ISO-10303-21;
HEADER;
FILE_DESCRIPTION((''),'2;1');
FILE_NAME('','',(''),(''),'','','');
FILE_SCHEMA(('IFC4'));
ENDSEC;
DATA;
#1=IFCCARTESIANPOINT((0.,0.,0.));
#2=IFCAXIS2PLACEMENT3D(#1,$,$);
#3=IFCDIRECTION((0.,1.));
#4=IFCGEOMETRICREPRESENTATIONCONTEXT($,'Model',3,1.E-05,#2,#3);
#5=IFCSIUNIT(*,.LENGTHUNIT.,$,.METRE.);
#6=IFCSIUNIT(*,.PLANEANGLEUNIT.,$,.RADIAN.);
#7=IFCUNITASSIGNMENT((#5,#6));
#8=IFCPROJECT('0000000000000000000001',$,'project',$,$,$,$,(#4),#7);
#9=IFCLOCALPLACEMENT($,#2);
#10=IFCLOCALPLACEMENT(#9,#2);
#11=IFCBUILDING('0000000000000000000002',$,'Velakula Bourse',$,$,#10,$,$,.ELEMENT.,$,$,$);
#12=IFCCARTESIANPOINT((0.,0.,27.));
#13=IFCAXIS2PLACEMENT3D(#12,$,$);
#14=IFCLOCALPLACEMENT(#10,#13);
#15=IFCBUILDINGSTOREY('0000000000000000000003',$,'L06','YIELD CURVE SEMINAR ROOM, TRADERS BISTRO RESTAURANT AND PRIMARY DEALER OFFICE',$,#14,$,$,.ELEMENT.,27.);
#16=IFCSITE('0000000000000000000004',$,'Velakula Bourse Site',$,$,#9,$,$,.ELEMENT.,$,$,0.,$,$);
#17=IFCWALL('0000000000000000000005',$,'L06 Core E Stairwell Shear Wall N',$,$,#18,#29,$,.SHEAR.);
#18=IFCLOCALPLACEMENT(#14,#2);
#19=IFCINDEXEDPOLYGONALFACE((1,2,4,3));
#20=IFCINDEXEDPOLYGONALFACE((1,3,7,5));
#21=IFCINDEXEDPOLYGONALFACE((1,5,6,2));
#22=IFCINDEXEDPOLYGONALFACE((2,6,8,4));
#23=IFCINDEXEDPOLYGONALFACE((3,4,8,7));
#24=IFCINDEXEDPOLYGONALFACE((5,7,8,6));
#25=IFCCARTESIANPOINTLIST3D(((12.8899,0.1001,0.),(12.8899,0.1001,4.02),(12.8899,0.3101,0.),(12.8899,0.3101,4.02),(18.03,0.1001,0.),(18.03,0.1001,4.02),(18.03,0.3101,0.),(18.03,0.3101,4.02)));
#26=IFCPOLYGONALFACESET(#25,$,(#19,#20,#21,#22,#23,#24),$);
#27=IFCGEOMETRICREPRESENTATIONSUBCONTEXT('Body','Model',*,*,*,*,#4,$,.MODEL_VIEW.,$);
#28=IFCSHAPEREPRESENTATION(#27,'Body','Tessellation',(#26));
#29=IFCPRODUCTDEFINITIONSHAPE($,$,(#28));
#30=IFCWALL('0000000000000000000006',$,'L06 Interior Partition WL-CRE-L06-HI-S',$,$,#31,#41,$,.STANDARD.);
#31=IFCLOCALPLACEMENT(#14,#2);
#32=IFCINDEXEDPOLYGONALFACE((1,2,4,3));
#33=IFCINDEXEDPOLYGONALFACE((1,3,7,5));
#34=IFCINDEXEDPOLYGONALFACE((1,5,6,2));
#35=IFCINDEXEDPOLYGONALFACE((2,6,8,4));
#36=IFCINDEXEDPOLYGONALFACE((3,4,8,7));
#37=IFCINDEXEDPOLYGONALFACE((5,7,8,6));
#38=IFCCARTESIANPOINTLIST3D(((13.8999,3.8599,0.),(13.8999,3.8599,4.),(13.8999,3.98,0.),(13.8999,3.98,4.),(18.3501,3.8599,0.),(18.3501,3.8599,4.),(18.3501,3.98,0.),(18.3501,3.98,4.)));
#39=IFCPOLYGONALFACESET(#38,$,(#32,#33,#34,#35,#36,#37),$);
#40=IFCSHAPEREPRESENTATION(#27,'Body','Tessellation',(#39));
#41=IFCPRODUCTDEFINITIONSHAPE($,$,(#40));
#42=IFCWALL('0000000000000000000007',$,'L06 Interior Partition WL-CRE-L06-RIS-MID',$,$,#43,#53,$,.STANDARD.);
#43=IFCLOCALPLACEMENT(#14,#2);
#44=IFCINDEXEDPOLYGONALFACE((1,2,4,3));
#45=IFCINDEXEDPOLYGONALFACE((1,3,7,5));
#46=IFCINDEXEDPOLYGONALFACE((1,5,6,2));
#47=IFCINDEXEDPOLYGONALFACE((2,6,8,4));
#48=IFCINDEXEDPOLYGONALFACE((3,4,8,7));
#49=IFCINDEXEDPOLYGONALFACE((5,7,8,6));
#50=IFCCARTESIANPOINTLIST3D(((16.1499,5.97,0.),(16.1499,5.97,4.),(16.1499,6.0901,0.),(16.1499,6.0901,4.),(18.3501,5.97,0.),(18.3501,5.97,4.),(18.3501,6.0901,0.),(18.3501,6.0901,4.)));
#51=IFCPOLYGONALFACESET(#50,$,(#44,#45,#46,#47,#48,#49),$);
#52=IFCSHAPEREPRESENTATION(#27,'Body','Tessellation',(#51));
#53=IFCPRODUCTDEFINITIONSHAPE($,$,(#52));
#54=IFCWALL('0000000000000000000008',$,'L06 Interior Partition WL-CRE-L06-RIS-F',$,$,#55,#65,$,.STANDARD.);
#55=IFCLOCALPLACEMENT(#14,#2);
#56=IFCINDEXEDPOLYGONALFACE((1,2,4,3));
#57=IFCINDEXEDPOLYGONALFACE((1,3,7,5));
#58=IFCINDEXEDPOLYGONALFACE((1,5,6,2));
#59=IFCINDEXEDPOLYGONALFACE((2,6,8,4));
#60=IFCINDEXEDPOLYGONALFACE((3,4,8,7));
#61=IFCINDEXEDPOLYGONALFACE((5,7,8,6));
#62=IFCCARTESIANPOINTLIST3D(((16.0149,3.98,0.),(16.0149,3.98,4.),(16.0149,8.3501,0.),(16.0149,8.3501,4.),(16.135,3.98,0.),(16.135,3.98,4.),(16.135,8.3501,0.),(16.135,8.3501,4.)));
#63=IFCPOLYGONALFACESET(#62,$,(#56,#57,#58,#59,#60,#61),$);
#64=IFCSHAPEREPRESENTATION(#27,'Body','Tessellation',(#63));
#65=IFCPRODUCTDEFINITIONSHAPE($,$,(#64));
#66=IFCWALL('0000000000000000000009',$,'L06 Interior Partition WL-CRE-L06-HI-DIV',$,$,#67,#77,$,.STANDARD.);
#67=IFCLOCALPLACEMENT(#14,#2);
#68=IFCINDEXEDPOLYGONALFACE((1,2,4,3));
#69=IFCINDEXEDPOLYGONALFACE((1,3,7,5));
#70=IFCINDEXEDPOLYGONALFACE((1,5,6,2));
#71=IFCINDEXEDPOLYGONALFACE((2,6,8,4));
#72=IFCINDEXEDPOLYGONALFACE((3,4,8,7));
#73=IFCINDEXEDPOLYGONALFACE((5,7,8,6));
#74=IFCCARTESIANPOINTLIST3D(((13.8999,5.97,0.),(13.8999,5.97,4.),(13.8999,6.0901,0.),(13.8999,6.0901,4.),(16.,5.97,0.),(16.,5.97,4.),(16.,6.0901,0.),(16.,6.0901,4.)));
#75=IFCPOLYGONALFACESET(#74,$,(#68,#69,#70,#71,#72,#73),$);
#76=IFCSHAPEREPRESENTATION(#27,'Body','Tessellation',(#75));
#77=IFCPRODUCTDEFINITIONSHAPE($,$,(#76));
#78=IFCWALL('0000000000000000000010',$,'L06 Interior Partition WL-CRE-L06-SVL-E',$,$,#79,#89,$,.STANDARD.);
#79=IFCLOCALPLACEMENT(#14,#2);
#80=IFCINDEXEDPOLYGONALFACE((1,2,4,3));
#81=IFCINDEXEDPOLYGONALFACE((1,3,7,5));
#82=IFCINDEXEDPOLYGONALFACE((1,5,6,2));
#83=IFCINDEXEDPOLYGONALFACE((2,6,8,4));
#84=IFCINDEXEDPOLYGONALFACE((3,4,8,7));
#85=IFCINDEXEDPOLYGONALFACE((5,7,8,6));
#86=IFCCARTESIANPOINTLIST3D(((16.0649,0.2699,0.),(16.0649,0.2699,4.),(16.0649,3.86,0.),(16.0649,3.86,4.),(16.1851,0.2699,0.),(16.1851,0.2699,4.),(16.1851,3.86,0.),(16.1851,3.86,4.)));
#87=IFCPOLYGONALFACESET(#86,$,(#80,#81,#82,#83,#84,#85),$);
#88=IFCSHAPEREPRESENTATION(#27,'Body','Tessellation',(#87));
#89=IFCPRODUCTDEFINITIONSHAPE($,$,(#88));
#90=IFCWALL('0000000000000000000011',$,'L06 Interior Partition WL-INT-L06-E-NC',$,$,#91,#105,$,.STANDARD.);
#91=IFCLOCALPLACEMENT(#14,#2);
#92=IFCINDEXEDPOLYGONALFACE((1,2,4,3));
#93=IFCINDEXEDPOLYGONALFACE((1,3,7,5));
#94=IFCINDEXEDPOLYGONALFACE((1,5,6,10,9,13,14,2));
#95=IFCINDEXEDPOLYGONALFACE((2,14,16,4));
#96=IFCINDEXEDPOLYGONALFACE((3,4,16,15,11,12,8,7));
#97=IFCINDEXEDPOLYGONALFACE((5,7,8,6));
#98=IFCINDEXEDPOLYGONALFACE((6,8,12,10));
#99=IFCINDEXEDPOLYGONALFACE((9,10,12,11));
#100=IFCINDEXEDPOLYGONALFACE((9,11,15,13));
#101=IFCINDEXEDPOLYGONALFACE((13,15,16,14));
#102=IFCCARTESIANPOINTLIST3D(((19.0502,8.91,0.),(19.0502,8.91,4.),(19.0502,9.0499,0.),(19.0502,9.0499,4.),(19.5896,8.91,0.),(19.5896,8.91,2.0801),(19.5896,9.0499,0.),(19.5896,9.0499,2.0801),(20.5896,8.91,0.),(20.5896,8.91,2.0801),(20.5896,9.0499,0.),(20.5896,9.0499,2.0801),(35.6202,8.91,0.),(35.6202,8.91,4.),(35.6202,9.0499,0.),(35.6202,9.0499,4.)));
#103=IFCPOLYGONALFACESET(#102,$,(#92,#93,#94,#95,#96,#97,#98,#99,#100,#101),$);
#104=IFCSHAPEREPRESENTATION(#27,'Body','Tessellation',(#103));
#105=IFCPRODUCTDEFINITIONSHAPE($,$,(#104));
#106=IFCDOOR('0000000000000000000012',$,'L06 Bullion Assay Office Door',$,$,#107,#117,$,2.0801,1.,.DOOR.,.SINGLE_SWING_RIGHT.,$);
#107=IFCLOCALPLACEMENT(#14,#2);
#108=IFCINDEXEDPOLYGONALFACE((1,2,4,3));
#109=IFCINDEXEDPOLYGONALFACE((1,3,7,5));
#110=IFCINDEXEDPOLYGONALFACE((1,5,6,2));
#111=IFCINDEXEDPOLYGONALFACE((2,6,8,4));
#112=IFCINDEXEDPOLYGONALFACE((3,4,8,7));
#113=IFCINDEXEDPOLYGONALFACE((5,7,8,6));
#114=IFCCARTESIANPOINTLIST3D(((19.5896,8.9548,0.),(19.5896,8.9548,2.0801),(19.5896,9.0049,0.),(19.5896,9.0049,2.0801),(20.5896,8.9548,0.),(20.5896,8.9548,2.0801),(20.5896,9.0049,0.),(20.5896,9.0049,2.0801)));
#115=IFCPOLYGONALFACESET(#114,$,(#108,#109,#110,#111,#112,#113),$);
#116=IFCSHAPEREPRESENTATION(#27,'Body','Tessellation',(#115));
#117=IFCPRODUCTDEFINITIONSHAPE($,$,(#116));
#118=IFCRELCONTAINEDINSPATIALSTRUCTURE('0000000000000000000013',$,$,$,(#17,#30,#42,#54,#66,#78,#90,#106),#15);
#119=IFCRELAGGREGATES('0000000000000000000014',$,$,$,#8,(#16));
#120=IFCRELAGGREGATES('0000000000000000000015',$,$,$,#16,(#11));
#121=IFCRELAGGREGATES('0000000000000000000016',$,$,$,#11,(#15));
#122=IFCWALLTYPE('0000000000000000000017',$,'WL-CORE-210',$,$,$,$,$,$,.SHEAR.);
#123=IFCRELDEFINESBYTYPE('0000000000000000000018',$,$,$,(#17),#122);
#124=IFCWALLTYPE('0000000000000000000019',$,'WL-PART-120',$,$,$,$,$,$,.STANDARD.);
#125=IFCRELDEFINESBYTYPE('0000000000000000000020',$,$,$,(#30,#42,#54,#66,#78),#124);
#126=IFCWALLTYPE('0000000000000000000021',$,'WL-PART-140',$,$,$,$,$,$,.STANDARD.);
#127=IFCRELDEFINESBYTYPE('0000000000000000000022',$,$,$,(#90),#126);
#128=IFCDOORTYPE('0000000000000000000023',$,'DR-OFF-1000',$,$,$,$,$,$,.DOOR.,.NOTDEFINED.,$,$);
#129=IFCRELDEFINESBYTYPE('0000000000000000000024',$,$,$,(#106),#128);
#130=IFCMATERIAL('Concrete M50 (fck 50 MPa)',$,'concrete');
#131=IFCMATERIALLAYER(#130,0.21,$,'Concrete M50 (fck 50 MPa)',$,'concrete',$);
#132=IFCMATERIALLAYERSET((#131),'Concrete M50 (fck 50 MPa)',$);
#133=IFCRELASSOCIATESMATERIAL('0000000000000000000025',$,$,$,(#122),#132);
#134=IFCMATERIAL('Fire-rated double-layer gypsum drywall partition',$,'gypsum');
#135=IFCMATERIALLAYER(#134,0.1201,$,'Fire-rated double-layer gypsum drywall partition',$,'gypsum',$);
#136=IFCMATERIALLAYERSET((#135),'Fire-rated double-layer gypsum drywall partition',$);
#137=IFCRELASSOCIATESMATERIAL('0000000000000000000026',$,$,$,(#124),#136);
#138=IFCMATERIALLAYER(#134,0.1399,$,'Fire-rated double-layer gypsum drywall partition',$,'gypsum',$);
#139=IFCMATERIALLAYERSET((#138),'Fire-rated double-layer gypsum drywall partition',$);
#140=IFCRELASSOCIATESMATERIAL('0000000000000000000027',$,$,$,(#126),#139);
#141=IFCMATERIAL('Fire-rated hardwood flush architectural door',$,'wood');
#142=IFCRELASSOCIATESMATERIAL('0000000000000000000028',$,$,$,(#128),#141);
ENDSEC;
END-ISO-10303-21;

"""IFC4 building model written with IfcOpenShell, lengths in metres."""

from ifc_helpers import new_model, si_unit, direction, frame, frame_2d, origin, place, context, subcontext, project, spatial, rectangle, extrude, material, layer, layer_set, type_object, element, fill, save


model = new_model("IFC4")

# Units and contexts
model_context = context("Model", 3, precision=1e-05, world=origin(), true_north=direction((0.0, 1.0)))
body_context = subcontext(model_context, "Body", "Model", "MODEL_VIEW")
ifc_project = project(units=[si_unit("LENGTHUNIT", "METRE"), si_unit("PLANEANGLEUNIT", "RADIAN")], contexts=[model_context])

# Site, building, storey
site_placement = place(None, origin())
site = spatial("IfcSite", under=ifc_project, at=site_placement, Name="Velakula Bourse Site", CompositionType="ELEMENT", RefElevation=0.0)
building_placement = place(site_placement, origin())
building = spatial("IfcBuilding", under=site, at=building_placement, Name="Velakula Bourse", CompositionType="ELEMENT")
storey_placement = place(building_placement, frame((0.0, 0.0, 27.0)))
storey = spatial("IfcBuildingStorey", under=building, at=storey_placement, Name="L06", Description="YIELD CURVE SEMINAR ROOM, TRADERS BISTRO RESTAURANT AND PRIMARY DEALER OFFICE", CompositionType="ELEMENT", Elevation=27.0)

# Walls
ifc_material_1 = material(Name="Concrete M50 (fck 50 MPa)", Category="concrete")
ifc_layer_1 = layer(ifc_material_1, 0.21, Name="Concrete M50 (fck 50 MPa)", Category="concrete")
ifc_layer_set_1 = layer_set([ifc_layer_1], Name="Concrete M50 (fck 50 MPa)")
wall_type_1 = type_object("IfcWallType", Name="WL-CORE-210", PredefinedType="SHEAR", material=ifc_layer_set_1)
wall_1_placement = place(storey_placement, frame((18.03, 0.2051, 0.0), z_axis=(0.0, 0.0, 1.0), x_axis=(-1.0, 0.0, 0.0)))
element("IfcWall", 1, at=wall_1_placement, inside=storey, type_object=wall_type_1, Name="L06 Core E Stairwell Shear Wall N", PredefinedType="SHEAR", context=body_context, shape_type="SweptSolid", body=[
    extrude(rectangle(XDim=5.1401, YDim=0.21, at=frame_2d((2.5701, 0.0))), origin(), (0.0, 0.0, 1.0), 4.02),
])
ifc_material_2 = material(Name="Fire-rated double-layer gypsum drywall partition", Category="gypsum")
ifc_layer_2 = layer(ifc_material_2, 0.1201, Name="Fire-rated double-layer gypsum drywall partition", Category="gypsum")
ifc_layer_set_2 = layer_set([ifc_layer_2], Name="Fire-rated double-layer gypsum drywall partition")
wall_type_2 = type_object("IfcWallType", Name="WL-PART-120", PredefinedType="STANDARD", material=ifc_layer_set_2)
wall_2_placement = place(storey_placement, frame((13.8999, 3.9199, 0.0), z_axis=(0.0, 0.0, 1.0), x_axis=(1.0, 0.0, 0.0)))
element("IfcWall", 2, at=wall_2_placement, inside=storey, type_object=wall_type_2, Name="L06 Interior Partition WL-CRE-L06-HI-S", PredefinedType="STANDARD", context=body_context, shape_type="SweptSolid", body=[
    extrude(rectangle(XDim=4.4502, YDim=0.1201, at=frame_2d((2.2251, 0.0))), origin(), (0.0, 0.0, 1.0), 4.0),
])
wall_3_placement = place(storey_placement, frame((16.1499, 6.03, 0.0), z_axis=(0.0, 0.0, 1.0), x_axis=(1.0, 0.0, 0.0)))
element("IfcWall", 3, at=wall_3_placement, inside=storey, type_object=wall_type_2, Name="L06 Interior Partition WL-CRE-L06-RIS-MID", PredefinedType="STANDARD", context=body_context, shape_type="SweptSolid", body=[
    extrude(rectangle(XDim=2.2002, YDim=0.1201, at=frame_2d((1.1001, 0.0))), origin(), (0.0, 0.0, 1.0), 4.0),
])
wall_4_placement = place(storey_placement, frame((16.075, 3.98, 0.0), z_axis=(0.0, 0.0, 1.0), x_axis=(0.0, 1.0, 0.0)))
element("IfcWall", 4, at=wall_4_placement, inside=storey, type_object=wall_type_2, Name="L06 Interior Partition WL-CRE-L06-RIS-F", PredefinedType="STANDARD", context=body_context, shape_type="SweptSolid", body=[
    extrude(rectangle(XDim=4.3701, YDim=0.1201, at=frame_2d((2.1851, 0.0))), origin(), (0.0, 0.0, 1.0), 4.0),
])
wall_5_placement = place(storey_placement, frame((13.8999, 6.03, 0.0), z_axis=(0.0, 0.0, 1.0), x_axis=(1.0, 0.0, 0.0)))
element("IfcWall", 5, at=wall_5_placement, inside=storey, type_object=wall_type_2, Name="L06 Interior Partition WL-CRE-L06-HI-DIV", PredefinedType="STANDARD", context=body_context, shape_type="SweptSolid", body=[
    extrude(rectangle(XDim=2.1001, YDim=0.1201, at=frame_2d((1.05, 0.0))), origin(), (0.0, 0.0, 1.0), 4.0),
])
wall_6_placement = place(storey_placement, frame((16.125, 0.27, 0.0), z_axis=(0.0, 0.0, 1.0), x_axis=(0.0, 1.0, 0.0)))
element("IfcWall", 6, at=wall_6_placement, inside=storey, type_object=wall_type_2, Name="L06 Interior Partition WL-CRE-L06-SVL-E", PredefinedType="STANDARD", context=body_context, shape_type="SweptSolid", body=[
    extrude(rectangle(XDim=3.5901, YDim=0.1201, at=frame_2d((1.7949, 0.0))), origin(), (0.0, 0.0, 1.0), 4.0),
])

# Wall, opening, door
ifc_layer_3 = layer(ifc_material_2, 0.1399, Name="Fire-rated double-layer gypsum drywall partition", Category="gypsum")
ifc_layer_set_3 = layer_set([ifc_layer_3], Name="Fire-rated double-layer gypsum drywall partition")
wall_type_3 = type_object("IfcWallType", Name="WL-PART-140", PredefinedType="STANDARD", material=ifc_layer_set_3)
wall_7_placement = place(storey_placement, frame((19.05, 8.98, 0.0), z_axis=(0.0, 0.0, 1.0), x_axis=(1.0, 0.0, 0.0)))
wall_7 = element("IfcWall", 7, at=wall_7_placement, inside=storey, type_object=wall_type_3, Name="L06 Interior Partition WL-INT-L06-E-NC", PredefinedType="STANDARD", context=body_context, shape_type="SweptSolid", body=[
    extrude(rectangle(XDim=16.5701, YDim=0.1399, at=frame_2d((8.2852, 0.0))), origin(), (0.0, 0.0, 1.0), 4.0),
])
opening_placement = place(wall_7_placement, frame((0.5396, 0.0, 0.0)))
opening = element("IfcOpeningElement", 8, at=opening_placement, cuts=wall_7, PredefinedType="OPENING", context=body_context, shape_type="SweptSolid", body=[
    extrude(rectangle(XDim=1.0, YDim=2.0801, at=frame_2d((0.5, 1.04))), frame((0.0, 0.0798, 0.0), z_axis=(0.0, -1.0, 0.0), x_axis=(1.0, 0.0, 0.0)), (0.0, 0.0, 1.0), 0.1599),
])
ifc_material_3 = material(Name="Fire-rated hardwood flush architectural door", Category="wood")
door_type = type_object("IfcDoorType", Name="DR-OFF-1000", OperationType="NOTDEFINED", PredefinedType="DOOR", material=ifc_material_3)
door_placement = place(opening_placement, origin())
door = element("IfcDoor", 9, at=door_placement, inside=storey, type_object=door_type, Name="L06 Bullion Assay Office Door", OperationType="SINGLE_SWING_RIGHT", OverallHeight=2.0801, OverallWidth=1.0, PredefinedType="DOOR", context=body_context, shape_type="SweptSolid", body=[
    extrude(rectangle(XDim=1.0, YDim=2.0801, at=frame_2d((0.5, 1.04))), frame((0.0, 0.0249, 0.0), z_axis=(0.0, -1.0, 0.0), x_axis=(1.0, 0.0, 0.0)), (0.0, 0.0, 1.0), 0.05),
])
fill(opening, door)

save(model, "model.ifc")
